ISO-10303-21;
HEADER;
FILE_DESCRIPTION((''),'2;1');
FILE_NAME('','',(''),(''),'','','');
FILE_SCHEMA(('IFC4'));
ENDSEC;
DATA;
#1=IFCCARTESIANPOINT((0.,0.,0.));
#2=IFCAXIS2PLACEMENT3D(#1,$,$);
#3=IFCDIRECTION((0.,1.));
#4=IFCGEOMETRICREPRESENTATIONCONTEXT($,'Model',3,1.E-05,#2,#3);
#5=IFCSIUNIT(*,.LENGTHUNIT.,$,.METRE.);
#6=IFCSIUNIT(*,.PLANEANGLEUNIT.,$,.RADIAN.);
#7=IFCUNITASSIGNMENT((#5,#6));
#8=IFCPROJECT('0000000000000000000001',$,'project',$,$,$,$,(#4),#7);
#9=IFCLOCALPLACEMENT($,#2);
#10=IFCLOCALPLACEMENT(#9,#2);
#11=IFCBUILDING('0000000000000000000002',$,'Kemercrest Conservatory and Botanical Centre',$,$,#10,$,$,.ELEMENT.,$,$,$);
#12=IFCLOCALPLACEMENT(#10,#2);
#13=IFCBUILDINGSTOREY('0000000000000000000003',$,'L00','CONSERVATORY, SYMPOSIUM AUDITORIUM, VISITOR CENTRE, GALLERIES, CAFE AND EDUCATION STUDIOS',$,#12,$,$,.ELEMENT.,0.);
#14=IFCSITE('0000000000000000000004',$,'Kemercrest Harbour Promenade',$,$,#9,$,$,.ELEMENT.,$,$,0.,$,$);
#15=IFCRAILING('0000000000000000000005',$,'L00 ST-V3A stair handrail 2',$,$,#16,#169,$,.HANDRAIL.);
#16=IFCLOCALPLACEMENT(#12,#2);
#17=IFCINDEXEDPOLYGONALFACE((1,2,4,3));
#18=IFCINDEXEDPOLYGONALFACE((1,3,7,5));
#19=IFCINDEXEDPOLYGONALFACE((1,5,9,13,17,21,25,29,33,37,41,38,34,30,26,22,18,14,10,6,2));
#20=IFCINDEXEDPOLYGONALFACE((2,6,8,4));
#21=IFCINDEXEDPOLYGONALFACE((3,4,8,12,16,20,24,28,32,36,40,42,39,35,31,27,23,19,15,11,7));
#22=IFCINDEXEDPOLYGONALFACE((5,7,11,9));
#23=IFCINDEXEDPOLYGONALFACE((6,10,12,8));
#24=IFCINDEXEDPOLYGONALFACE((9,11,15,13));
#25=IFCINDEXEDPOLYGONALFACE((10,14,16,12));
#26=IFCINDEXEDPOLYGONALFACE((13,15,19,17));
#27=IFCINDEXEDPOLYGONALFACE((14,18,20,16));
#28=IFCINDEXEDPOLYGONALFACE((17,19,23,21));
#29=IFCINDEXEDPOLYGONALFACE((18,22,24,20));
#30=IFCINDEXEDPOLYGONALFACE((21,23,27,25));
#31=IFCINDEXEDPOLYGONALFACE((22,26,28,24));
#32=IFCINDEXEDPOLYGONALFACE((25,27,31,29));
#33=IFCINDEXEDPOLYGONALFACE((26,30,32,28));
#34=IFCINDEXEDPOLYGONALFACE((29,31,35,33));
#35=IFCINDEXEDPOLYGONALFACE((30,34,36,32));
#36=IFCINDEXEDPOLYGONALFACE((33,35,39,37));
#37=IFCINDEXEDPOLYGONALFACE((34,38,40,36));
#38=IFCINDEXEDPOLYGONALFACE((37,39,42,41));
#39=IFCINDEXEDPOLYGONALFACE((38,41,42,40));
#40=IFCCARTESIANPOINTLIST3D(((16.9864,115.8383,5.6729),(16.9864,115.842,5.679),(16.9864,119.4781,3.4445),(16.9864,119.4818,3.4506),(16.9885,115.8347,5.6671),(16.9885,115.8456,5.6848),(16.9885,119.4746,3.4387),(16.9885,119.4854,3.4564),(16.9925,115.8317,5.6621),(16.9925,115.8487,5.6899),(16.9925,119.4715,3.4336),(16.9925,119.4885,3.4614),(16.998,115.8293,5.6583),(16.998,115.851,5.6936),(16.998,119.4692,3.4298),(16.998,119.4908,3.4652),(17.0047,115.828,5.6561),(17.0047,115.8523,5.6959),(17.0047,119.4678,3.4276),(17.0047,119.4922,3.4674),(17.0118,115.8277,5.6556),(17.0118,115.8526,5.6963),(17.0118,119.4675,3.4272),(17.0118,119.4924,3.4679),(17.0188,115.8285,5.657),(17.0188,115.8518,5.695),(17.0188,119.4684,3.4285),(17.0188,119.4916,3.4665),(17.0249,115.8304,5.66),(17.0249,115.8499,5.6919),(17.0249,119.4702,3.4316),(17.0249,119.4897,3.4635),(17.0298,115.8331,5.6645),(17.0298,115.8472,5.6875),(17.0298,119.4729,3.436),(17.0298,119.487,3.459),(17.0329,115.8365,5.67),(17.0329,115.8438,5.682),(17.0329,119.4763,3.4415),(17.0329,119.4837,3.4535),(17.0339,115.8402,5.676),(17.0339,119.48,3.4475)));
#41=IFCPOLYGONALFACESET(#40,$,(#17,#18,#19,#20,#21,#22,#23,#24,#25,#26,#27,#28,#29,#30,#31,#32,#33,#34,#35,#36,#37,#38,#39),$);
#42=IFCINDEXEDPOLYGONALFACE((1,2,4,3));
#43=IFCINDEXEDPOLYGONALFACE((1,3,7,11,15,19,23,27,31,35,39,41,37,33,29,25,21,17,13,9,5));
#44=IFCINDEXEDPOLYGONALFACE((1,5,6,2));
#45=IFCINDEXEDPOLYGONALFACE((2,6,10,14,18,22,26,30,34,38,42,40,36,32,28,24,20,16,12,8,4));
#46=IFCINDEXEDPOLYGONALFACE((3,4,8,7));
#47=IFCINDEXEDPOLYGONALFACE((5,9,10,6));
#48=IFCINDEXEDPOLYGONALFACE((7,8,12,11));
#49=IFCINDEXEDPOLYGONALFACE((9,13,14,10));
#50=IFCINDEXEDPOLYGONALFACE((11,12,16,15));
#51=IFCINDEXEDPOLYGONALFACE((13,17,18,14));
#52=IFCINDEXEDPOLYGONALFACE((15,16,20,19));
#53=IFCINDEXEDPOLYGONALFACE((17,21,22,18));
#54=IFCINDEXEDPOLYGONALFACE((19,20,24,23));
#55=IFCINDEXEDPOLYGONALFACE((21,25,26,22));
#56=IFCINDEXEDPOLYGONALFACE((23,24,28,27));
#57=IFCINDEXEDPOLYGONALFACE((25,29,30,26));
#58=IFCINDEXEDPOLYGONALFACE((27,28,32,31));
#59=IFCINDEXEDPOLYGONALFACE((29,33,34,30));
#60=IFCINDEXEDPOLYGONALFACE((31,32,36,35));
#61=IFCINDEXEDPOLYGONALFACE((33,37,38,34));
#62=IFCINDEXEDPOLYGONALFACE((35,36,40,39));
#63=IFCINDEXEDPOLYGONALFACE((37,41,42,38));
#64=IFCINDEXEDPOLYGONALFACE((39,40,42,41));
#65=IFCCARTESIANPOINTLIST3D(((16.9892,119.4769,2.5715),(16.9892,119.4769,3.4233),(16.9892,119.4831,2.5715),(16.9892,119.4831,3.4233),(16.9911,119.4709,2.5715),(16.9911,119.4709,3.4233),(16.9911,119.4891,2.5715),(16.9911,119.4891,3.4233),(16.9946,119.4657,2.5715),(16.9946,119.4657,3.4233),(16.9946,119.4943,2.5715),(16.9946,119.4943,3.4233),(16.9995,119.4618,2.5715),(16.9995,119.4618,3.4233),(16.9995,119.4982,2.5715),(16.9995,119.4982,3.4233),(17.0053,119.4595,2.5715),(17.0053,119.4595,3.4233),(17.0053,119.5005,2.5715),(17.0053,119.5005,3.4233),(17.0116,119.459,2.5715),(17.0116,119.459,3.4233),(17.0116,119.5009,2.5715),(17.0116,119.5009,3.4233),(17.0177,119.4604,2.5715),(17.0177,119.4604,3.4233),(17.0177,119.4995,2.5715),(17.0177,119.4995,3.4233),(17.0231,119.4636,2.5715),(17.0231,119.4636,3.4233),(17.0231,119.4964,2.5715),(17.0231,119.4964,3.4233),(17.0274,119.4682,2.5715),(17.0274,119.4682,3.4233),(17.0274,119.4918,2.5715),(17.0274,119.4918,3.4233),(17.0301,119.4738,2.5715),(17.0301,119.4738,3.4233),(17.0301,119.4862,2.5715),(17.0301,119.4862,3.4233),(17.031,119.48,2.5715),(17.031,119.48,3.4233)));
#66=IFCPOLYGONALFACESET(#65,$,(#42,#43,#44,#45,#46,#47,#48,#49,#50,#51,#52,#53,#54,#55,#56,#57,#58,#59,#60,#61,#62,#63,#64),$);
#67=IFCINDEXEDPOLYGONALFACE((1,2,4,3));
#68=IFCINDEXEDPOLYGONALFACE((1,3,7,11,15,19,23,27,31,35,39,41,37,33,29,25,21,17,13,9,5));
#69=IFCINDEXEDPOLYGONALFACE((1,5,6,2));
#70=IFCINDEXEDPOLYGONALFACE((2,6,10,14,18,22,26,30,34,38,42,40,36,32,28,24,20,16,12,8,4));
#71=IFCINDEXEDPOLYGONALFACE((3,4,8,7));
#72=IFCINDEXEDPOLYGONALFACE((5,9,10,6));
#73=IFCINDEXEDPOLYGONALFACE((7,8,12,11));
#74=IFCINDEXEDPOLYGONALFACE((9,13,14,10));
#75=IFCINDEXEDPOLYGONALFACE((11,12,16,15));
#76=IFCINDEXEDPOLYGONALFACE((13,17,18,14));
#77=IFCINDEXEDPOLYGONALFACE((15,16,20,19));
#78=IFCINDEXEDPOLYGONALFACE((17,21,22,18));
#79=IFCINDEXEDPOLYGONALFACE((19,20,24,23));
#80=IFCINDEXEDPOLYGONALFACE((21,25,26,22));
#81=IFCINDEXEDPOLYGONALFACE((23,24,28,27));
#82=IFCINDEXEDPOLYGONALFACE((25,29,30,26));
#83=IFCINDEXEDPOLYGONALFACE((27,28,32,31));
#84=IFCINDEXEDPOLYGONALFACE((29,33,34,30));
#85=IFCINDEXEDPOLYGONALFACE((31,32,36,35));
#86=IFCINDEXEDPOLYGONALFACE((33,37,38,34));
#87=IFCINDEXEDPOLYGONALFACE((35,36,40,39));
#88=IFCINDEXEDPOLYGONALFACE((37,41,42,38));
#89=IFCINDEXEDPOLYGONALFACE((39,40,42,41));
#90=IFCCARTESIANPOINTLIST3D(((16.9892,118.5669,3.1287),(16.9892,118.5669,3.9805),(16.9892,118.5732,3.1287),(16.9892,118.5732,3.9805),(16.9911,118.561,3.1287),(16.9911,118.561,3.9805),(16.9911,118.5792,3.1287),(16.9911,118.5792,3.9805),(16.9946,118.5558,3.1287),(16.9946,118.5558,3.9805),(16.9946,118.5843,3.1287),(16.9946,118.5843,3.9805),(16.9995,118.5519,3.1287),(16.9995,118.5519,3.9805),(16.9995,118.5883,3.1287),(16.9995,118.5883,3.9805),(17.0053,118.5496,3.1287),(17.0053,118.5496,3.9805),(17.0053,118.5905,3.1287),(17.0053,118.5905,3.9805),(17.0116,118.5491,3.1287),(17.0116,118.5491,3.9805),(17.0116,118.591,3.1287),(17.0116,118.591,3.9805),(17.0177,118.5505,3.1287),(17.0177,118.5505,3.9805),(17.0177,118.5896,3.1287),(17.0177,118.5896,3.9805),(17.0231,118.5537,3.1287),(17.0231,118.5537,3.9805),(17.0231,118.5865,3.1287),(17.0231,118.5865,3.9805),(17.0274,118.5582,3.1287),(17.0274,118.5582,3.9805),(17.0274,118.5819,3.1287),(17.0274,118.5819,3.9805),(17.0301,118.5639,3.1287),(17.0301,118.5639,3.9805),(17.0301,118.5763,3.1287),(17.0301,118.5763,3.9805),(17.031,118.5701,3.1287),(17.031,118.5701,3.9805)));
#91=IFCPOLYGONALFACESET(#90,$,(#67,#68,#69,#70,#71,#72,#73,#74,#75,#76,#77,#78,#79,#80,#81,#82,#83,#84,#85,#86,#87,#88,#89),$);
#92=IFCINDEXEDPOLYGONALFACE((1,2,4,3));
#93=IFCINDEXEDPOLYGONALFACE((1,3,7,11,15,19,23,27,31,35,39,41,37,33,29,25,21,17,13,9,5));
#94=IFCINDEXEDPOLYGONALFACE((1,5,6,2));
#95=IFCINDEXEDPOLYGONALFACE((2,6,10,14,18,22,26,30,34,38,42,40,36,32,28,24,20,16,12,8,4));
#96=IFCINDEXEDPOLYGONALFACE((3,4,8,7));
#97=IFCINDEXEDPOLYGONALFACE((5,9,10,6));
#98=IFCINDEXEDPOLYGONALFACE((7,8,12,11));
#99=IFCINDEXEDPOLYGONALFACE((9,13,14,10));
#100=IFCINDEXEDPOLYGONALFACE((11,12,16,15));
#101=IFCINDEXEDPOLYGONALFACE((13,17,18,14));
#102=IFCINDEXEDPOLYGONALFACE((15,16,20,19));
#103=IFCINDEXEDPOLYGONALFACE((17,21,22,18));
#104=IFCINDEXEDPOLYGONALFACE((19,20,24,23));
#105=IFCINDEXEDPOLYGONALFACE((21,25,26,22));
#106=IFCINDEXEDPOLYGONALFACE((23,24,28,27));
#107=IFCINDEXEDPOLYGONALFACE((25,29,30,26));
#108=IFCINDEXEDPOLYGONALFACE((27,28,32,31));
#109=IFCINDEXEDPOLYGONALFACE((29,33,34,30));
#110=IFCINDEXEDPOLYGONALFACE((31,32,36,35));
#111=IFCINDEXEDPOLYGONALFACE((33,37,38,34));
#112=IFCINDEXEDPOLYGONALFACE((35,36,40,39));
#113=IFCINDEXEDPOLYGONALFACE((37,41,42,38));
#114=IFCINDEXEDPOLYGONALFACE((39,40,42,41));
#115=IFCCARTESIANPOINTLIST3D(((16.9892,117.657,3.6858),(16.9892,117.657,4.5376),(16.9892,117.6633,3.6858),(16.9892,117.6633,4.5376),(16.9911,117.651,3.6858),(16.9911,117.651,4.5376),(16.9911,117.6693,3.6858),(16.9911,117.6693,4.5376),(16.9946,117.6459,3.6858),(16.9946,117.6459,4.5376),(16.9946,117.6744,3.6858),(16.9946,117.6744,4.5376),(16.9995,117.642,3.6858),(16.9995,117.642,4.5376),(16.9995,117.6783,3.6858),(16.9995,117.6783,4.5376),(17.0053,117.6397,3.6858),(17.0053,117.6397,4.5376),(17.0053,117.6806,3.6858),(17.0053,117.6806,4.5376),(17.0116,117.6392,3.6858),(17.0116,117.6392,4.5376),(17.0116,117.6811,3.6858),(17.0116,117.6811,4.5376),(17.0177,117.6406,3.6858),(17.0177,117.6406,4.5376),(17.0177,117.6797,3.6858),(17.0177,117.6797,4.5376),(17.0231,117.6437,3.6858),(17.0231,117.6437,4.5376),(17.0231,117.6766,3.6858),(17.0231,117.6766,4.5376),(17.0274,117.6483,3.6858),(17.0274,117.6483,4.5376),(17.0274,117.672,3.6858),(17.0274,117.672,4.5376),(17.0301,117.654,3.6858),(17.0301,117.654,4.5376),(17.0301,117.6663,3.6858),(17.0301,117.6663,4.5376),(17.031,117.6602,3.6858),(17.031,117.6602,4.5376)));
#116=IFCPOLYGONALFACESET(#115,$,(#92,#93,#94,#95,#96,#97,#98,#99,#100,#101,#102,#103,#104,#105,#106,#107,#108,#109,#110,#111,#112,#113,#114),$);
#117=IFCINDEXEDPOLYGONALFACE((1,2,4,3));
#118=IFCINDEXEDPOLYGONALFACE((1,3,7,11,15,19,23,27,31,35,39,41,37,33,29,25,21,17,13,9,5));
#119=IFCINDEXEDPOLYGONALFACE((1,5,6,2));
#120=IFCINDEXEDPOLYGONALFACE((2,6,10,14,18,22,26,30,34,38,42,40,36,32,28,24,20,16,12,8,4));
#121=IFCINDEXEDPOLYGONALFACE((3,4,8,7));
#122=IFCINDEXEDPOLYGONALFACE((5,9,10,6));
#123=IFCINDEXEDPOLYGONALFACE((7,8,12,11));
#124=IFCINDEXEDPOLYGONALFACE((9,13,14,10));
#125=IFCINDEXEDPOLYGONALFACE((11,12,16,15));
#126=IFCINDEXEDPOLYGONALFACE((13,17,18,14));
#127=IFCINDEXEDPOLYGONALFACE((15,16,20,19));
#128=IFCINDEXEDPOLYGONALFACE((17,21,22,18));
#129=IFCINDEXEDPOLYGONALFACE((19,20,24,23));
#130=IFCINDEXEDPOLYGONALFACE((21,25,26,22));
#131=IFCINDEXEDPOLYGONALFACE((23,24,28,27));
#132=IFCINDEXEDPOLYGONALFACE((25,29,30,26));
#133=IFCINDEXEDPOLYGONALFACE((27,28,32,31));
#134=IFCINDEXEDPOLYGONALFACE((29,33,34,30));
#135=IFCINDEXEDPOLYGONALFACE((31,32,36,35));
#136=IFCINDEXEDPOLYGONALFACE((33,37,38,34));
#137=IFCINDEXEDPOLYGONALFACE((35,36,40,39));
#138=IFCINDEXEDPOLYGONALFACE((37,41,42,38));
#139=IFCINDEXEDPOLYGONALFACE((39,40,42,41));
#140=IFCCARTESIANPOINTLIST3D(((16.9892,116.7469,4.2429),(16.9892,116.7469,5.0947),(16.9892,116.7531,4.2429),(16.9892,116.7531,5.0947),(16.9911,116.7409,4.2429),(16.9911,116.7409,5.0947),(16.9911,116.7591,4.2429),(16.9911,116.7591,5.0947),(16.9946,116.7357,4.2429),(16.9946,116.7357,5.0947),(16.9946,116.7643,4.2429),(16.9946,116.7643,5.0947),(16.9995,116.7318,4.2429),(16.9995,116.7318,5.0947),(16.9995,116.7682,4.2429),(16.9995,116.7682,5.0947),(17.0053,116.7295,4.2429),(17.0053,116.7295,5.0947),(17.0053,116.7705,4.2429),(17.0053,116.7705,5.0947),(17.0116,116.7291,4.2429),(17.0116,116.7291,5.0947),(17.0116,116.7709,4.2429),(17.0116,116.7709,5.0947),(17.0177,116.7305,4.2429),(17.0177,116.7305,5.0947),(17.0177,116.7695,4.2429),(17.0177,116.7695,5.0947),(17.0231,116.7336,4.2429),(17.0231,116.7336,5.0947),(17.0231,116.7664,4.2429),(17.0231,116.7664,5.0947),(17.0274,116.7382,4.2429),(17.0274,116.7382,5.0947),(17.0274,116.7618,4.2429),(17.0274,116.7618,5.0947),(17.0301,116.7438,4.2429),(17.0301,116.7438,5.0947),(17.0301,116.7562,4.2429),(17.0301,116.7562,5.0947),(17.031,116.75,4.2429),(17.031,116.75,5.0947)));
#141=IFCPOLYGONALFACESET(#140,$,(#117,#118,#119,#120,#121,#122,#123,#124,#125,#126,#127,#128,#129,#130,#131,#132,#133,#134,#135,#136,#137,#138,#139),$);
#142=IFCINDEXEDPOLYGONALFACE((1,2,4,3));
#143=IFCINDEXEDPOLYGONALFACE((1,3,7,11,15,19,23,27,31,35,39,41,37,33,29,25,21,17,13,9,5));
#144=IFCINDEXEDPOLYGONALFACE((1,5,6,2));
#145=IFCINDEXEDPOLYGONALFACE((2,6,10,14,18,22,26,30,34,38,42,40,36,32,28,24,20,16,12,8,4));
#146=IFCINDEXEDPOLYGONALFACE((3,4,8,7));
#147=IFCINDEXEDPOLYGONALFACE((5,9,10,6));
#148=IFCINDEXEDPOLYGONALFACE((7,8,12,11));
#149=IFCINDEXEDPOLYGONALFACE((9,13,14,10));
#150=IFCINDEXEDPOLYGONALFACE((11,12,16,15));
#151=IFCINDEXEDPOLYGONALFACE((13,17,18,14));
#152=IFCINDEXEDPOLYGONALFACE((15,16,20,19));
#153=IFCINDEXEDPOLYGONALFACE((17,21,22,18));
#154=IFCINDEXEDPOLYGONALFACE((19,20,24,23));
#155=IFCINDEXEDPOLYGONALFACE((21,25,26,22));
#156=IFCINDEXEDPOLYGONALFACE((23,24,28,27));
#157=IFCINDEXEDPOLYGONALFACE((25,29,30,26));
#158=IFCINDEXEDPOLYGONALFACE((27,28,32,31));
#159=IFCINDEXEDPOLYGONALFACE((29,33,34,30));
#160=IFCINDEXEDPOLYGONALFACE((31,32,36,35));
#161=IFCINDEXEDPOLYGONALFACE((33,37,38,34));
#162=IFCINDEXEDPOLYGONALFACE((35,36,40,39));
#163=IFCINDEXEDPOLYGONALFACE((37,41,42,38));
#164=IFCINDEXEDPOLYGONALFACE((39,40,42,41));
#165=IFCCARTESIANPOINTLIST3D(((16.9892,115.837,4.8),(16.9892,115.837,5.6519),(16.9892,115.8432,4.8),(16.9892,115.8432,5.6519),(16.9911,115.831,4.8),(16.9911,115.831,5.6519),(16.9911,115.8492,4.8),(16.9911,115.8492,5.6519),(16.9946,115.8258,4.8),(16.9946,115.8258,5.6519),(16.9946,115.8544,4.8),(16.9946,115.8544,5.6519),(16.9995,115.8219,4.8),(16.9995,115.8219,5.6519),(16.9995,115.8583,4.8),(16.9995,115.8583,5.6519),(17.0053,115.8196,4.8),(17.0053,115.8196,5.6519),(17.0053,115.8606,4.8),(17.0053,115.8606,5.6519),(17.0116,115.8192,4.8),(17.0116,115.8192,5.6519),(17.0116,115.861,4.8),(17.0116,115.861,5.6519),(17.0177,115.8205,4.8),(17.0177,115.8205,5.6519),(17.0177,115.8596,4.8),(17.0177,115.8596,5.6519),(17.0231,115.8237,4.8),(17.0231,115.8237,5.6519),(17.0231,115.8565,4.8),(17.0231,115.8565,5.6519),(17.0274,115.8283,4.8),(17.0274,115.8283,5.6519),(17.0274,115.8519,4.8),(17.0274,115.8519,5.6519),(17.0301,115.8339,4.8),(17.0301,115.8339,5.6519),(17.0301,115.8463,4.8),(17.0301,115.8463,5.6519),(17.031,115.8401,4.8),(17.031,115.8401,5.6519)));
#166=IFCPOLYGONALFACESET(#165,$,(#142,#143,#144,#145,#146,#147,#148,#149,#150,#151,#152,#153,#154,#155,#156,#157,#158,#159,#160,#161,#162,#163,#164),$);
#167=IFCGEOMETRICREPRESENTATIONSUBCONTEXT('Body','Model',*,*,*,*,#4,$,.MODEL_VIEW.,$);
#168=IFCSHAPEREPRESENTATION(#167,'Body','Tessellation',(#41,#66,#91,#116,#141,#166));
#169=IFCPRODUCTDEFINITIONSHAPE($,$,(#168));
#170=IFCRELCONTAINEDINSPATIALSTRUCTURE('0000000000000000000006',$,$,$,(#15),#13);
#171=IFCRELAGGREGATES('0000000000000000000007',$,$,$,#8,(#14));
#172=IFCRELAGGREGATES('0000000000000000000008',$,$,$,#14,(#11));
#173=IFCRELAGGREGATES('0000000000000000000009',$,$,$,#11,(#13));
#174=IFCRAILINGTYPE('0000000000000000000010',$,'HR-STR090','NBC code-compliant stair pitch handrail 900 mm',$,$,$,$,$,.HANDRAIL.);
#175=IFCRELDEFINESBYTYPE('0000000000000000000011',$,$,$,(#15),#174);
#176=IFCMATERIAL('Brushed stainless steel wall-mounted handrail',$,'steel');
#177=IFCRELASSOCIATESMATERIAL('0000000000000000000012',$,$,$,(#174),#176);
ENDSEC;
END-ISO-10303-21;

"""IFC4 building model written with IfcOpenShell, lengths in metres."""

from ifc_helpers import new_model, si_unit, direction, frame, origin, origin_2d, place, context, subcontext, project, spatial, circle, extrude, material, type_object, element, save


model = new_model("IFC4")

# Units and contexts
model_context = context("Model", 3, precision=1e-05, world=origin(), true_north=direction((0.0, 1.0)))
body_context = subcontext(model_context, "Body", "Model", "MODEL_VIEW")
ifc_project = project(units=[si_unit("LENGTHUNIT", "METRE"), si_unit("PLANEANGLEUNIT", "RADIAN")], contexts=[model_context])

# Site, building, storey
site_placement = place(None, origin())
site = spatial("IfcSite", under=ifc_project, at=site_placement, Name="Kemercrest Harbour Promenade", CompositionType="ELEMENT", RefElevation=0.0)
building_placement = place(site_placement, origin())
building = spatial("IfcBuilding", under=site, at=building_placement, Name="Kemercrest Conservatory and Botanical Centre", CompositionType="ELEMENT")
storey_placement = place(building_placement, origin())
storey = spatial("IfcBuildingStorey", under=building, at=storey_placement, Name="L00", Description="CONSERVATORY, SYMPOSIUM AUDITORIUM, VISITOR CENTRE, GALLERIES, CAFE AND EDUCATION STUDIOS", CompositionType="ELEMENT", Elevation=0.0)

# Railing
ifc_material_1 = material(Name="Brushed stainless steel wall-mounted handrail", Category="steel")
railing_type_1 = type_object("IfcRailingType", Name="HR-STR090", Description="NBC code-compliant stair pitch handrail 900 mm", PredefinedType="HANDRAIL", material=ifc_material_1)
railing_1_placement = place(storey_placement, frame((17.01, 119.48, 2.5715)))
element("IfcRailing", 1, at=railing_1_placement, inside=storey, type_object=railing_type_1, Name="L00 ST-V3A stair handrail 2", PredefinedType="HANDRAIL", context=body_context, shape_type="SweptSolid", body=[
    extrude(circle(Radius=0.0239, at=origin_2d()), frame((0.0, 0.0, 0.876), z_axis=(0.0, -0.85285, 0.522156), x_axis=(1.0, 0.0, 0.0)), (0.0, 0.0, 1.0), 4.2678),
    extrude(circle(Radius=0.021, at=origin_2d()), origin(), (0.0, 0.0, 1.0), 0.8518),
    extrude(circle(Radius=0.021, at=origin_2d()), frame((0.0, -0.9099, 0.5571)), (0.0, 0.0, 1.0), 0.8518),
    extrude(circle(Radius=0.021, at=origin_2d()), frame((0.0, -1.8198, 1.1143)), (0.0, 0.0, 1.0), 0.8518),
    extrude(circle(Radius=0.021, at=origin_2d()), frame((0.0, -2.73, 1.6714)), (0.0, 0.0, 1.0), 0.8518),
    extrude(circle(Radius=0.021, at=origin_2d()), frame((0.0, -3.6399, 2.2285)), (0.0, 0.0, 1.0), 0.8518),
])

save(model, "model.ifc")
